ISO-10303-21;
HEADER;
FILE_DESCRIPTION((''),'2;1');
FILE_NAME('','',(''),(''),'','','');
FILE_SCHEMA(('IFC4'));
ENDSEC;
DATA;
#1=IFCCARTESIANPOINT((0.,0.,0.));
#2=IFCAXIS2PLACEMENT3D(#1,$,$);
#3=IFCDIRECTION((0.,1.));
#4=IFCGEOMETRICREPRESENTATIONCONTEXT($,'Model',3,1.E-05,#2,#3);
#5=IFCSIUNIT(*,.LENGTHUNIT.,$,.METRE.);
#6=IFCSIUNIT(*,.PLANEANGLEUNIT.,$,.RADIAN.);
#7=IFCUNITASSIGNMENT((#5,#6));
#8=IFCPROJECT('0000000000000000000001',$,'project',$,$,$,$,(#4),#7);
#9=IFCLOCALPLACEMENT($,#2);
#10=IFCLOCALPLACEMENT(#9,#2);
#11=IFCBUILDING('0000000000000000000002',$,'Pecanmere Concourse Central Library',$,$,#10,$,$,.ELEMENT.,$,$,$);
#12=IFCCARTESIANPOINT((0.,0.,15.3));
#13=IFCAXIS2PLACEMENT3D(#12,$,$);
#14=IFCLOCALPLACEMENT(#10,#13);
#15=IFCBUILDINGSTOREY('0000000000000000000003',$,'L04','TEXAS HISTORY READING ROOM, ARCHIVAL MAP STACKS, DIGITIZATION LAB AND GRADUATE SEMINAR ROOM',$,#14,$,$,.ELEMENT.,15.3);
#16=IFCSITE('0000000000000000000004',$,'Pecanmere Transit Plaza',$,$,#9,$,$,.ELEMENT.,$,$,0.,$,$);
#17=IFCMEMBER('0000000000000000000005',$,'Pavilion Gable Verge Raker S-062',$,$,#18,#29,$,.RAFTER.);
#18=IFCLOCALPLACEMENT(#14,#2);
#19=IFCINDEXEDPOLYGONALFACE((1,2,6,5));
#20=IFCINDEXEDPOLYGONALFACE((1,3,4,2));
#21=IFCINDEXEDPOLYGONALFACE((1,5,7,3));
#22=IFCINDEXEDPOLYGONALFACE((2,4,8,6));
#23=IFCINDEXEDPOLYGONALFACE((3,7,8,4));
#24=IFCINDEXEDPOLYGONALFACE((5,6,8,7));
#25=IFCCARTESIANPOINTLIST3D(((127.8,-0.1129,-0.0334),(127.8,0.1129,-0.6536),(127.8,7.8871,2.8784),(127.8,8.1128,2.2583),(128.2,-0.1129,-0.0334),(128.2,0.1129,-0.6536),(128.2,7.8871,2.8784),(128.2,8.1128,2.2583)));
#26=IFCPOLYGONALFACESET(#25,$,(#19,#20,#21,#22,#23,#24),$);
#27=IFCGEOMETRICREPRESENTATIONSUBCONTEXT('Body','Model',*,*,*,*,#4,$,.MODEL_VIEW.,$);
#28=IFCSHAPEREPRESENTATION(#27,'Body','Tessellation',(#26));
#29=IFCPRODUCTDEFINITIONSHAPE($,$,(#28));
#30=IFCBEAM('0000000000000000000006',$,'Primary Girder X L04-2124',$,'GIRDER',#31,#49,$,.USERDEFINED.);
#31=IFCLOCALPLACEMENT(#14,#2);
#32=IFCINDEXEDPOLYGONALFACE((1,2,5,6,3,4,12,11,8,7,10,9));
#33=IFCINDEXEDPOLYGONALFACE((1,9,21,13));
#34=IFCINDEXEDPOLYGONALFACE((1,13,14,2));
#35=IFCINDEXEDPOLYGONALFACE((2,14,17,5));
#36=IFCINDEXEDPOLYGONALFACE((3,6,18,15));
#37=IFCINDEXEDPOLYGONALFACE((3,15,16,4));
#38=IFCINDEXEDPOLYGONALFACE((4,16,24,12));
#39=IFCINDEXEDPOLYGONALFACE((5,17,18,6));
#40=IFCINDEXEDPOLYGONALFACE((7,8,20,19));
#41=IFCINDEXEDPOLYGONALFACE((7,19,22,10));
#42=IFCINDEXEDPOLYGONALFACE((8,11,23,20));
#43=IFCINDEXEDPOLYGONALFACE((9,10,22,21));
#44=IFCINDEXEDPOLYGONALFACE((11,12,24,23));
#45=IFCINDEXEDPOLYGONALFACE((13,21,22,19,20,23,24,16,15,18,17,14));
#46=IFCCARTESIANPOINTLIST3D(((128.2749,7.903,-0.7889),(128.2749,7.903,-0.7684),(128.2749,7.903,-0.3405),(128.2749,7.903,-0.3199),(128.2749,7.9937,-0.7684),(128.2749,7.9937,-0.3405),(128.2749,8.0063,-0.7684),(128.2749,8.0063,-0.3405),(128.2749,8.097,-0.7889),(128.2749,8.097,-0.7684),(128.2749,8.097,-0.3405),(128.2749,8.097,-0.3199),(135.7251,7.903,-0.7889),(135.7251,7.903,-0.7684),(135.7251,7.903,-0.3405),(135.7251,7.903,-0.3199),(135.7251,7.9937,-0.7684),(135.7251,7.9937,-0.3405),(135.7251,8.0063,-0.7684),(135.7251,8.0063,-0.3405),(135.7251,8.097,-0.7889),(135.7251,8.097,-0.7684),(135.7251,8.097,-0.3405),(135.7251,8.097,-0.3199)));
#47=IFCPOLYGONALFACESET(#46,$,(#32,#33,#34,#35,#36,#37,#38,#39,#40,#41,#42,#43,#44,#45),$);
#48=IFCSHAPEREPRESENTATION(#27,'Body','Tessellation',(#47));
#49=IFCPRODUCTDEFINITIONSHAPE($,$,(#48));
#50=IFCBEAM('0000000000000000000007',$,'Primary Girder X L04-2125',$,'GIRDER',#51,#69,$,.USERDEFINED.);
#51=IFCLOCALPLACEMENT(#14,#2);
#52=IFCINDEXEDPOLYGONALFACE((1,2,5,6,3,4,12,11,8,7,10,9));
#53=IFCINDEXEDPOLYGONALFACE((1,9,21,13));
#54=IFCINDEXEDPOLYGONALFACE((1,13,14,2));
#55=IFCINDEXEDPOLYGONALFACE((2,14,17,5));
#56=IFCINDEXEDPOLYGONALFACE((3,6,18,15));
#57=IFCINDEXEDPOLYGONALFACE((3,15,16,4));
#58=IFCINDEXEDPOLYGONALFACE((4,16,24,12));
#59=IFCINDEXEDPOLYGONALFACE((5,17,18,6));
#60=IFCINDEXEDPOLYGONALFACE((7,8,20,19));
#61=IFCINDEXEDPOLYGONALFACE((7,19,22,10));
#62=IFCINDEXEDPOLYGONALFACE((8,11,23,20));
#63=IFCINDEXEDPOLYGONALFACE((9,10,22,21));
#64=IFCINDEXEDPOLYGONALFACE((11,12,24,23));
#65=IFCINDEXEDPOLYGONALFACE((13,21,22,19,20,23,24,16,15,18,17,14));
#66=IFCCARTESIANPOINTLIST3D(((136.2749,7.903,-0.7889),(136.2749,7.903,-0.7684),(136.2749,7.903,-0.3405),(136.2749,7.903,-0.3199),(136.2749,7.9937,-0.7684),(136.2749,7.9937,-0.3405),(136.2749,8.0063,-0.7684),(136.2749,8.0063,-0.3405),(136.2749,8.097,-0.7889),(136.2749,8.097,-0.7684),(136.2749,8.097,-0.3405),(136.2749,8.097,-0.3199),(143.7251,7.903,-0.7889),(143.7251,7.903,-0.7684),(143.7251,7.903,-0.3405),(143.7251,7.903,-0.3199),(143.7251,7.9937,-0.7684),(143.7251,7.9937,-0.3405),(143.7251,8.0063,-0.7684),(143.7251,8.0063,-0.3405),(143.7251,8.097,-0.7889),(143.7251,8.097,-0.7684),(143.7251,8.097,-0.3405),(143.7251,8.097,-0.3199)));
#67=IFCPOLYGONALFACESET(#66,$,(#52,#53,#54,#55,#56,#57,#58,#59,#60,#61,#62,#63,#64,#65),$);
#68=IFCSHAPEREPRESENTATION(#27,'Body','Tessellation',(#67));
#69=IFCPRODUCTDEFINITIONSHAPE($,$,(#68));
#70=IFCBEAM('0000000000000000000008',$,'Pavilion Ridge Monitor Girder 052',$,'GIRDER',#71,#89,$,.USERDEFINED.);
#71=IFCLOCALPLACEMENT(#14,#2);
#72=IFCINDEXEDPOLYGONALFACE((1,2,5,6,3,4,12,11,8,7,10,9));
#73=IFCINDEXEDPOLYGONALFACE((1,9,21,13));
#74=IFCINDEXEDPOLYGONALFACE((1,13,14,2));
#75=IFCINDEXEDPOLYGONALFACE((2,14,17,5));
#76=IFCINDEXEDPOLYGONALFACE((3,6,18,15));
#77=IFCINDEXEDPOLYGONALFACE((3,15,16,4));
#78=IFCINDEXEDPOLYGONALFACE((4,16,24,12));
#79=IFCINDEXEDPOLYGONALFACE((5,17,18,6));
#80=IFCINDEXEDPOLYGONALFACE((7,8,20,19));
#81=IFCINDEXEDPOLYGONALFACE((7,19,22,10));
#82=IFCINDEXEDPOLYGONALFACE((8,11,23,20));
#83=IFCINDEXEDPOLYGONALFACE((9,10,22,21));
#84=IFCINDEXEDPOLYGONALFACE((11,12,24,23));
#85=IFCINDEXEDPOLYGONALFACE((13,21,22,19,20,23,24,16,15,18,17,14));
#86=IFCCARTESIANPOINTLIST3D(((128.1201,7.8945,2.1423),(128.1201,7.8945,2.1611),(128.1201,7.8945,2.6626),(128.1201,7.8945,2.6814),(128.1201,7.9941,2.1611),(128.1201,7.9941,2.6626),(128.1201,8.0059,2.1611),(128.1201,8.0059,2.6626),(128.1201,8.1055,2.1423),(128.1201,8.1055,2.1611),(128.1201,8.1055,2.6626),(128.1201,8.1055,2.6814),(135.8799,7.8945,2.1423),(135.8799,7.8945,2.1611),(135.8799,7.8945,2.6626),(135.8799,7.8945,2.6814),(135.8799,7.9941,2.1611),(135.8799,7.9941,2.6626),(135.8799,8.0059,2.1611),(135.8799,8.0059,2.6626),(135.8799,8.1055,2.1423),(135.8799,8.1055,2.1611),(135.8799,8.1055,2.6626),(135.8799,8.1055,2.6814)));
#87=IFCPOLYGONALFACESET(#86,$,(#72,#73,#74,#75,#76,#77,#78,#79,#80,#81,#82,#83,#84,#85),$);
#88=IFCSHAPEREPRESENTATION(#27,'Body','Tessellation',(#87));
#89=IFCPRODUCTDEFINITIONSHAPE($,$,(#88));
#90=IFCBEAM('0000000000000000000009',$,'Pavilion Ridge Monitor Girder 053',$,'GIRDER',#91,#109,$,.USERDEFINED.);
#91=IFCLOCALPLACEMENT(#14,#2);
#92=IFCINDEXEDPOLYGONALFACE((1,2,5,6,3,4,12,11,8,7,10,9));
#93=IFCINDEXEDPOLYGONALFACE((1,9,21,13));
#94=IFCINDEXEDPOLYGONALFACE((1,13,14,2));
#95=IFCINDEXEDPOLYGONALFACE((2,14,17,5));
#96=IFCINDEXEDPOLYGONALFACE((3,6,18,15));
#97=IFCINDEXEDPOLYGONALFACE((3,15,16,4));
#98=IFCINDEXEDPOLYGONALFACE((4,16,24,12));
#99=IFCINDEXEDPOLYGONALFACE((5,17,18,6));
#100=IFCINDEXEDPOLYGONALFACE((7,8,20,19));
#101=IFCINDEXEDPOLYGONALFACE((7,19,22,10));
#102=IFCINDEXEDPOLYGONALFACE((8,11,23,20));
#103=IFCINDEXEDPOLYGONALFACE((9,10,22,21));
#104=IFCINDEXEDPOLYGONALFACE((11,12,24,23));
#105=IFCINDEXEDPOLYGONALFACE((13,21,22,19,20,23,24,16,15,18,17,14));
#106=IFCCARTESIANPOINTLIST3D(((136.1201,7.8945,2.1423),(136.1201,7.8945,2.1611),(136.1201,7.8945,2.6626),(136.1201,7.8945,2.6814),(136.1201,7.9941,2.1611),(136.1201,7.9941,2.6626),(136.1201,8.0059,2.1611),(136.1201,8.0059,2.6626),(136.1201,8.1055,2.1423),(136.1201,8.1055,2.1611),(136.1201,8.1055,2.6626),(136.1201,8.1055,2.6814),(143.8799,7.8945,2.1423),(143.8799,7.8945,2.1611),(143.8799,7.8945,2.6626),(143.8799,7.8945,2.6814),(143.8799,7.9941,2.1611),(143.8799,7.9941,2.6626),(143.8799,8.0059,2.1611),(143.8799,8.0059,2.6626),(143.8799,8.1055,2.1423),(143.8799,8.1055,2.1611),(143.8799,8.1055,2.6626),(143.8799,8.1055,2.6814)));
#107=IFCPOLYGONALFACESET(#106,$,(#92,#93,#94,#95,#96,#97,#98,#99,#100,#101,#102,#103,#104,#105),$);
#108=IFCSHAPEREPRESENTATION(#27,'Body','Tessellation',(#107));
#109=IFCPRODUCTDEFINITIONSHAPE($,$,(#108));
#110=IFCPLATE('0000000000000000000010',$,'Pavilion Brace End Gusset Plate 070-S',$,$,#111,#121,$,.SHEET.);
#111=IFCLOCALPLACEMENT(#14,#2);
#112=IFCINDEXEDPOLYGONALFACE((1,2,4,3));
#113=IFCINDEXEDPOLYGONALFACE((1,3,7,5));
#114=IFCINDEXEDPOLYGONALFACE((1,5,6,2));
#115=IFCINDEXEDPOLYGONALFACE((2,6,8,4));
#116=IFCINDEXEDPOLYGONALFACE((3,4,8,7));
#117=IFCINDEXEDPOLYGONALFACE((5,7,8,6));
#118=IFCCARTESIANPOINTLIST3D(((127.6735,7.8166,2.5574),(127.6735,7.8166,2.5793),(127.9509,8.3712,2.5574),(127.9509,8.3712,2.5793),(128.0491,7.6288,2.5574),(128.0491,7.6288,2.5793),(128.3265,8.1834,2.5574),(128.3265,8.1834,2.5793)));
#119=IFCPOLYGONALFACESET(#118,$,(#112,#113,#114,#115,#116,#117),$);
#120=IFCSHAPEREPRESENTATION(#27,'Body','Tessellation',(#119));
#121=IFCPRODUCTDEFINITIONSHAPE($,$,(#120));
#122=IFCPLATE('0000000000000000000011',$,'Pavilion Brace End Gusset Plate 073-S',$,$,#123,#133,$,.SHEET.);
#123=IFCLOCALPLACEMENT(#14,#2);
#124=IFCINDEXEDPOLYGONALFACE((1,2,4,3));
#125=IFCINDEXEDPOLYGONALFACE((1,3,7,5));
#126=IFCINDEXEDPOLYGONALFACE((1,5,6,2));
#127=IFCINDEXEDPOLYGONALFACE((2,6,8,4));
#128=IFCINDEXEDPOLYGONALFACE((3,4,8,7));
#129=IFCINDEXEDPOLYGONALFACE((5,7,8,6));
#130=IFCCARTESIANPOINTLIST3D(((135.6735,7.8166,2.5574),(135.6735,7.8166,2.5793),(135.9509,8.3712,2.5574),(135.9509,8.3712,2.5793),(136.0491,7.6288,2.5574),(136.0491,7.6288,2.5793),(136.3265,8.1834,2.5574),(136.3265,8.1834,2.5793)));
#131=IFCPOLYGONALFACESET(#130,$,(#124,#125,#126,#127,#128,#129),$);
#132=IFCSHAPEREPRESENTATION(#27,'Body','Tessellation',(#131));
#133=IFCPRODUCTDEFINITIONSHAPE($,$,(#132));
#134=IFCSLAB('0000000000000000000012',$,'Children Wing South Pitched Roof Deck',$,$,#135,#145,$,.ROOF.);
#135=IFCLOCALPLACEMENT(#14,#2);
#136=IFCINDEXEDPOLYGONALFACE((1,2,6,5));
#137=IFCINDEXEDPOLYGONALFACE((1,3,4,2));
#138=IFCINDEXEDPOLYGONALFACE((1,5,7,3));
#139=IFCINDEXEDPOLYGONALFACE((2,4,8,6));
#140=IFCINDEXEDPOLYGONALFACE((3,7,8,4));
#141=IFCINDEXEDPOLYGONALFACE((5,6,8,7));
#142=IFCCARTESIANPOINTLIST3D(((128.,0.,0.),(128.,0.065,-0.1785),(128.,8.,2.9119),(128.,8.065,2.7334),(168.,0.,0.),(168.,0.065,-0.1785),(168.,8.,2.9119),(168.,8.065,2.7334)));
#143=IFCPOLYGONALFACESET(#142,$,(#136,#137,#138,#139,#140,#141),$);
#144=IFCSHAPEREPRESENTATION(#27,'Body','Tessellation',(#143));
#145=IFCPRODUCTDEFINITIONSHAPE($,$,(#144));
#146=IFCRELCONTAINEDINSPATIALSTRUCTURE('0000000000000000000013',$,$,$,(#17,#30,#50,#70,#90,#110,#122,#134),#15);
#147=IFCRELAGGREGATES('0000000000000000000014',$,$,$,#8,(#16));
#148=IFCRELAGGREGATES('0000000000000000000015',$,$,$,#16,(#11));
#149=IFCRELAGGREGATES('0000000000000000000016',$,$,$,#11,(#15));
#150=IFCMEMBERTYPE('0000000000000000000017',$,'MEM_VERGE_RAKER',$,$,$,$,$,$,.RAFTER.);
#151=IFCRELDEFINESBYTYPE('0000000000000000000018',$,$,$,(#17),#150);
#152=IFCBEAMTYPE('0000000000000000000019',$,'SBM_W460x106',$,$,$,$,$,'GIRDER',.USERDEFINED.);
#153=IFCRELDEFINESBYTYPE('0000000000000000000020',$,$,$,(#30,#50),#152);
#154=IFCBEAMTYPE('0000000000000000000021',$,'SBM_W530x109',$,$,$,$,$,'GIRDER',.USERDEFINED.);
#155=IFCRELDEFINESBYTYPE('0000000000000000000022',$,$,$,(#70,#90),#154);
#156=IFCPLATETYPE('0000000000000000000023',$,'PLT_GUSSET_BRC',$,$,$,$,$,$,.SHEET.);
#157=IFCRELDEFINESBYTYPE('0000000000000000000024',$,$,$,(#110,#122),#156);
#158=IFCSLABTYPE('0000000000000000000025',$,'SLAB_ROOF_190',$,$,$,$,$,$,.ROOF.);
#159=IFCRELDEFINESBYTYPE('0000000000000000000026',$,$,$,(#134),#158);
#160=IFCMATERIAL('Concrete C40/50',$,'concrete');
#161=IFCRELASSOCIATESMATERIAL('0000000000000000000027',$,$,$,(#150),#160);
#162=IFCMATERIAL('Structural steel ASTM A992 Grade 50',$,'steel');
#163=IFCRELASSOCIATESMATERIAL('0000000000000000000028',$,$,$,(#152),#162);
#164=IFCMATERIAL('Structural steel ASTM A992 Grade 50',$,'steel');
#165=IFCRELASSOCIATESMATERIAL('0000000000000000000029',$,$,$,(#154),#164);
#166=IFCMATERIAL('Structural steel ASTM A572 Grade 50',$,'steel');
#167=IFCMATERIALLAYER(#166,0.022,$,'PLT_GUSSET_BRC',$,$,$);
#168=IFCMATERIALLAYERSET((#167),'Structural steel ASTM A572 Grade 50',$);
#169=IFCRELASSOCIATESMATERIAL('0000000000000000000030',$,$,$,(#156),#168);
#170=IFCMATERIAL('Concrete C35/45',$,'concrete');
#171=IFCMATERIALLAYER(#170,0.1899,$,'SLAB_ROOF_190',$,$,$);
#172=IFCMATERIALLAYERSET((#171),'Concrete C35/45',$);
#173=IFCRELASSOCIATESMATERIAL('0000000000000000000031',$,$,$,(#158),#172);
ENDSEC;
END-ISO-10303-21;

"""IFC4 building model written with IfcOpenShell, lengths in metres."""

from ifc_helpers import new_model, si_unit, direction, frame, origin, origin_2d, place, context, subcontext, project, spatial, polyline, rectangle, i_section, outline, extrude, material, layer, layer_set, material_profile, profile_set, type_object, element, save


model = new_model("IFC4")

# Units and contexts
model_context = context("Model", 3, precision=1e-05, world=origin(), true_north=direction((0.0, 1.0)))
body_context = subcontext(model_context, "Body", "Model", "MODEL_VIEW")
ifc_project = project(units=[si_unit("LENGTHUNIT", "METRE"), si_unit("PLANEANGLEUNIT", "RADIAN")], contexts=[model_context])

# Site, building, storey
site_placement = place(None, origin())
site = spatial("IfcSite", under=ifc_project, at=site_placement, Name="Pecanmere Transit Plaza", CompositionType="ELEMENT", RefElevation=0.0)
building_placement = place(site_placement, origin())
building = spatial("IfcBuilding", under=site, at=building_placement, Name="Pecanmere Concourse Central Library", CompositionType="ELEMENT")
storey_placement = place(building_placement, frame((0.0, 0.0, 15.3)))
storey = spatial("IfcBuildingStorey", under=building, at=storey_placement, Name="L04", Description="TEXAS HISTORY READING ROOM, ARCHIVAL MAP STACKS, DIGITIZATION LAB AND GRADUATE SEMINAR ROOM", CompositionType="ELEMENT", Elevation=15.3)

# Member
ifc_material_1 = material(Name="Concrete C40/50", Category="concrete")
ifc_material_profile_1 = material_profile(ifc_material_1, rectangle(XDim=0.3999, YDim=0.6599, at=origin_2d()), Name="RC 400x660")
ifc_profile_set_1 = profile_set([ifc_material_profile_1], Name="Concrete C40/50")
member_type_1 = type_object("IfcMemberType", Name="MEM_VERGE_RAKER", PredefinedType="RAFTER", material=ifc_profile_set_1)
member_1_placement = place(storey_placement, frame((128.0, 0.0, -0.3435), z_axis=(0.0, 0.939689, 0.342031), x_axis=(-1.0, 0.0, 0.0)))
element("IfcMember", 1, at=member_1_placement, inside=storey, type_object=member_type_1, Name="Pavilion Gable Verge Raker S-062", PredefinedType="RAFTER", context=body_context, shape_type="SweptSolid", body=[
    extrude(rectangle(XDim=0.3999, YDim=0.6599, at=origin_2d()), origin(), (0.0, 0.0, 1.0), 8.5134),
])

# Beams
ifc_material_2 = material(Name="Structural steel ASTM A992 Grade 50", Category="steel")
ifc_material_profile_2 = material_profile(ifc_material_2, i_section(OverallWidth=0.1941, OverallDepth=0.469, WebThickness=0.0127, FlangeThickness=0.0205, at=origin_2d()), Name="W460x106")
ifc_profile_set_2 = profile_set([ifc_material_profile_2], Name="Structural steel ASTM A992 Grade 50")
beam_type_1 = type_object("IfcBeamType", Name="SBM_W460x106", ElementType="GIRDER", PredefinedType="USERDEFINED", material=ifc_profile_set_2)
for number, where, z_axis, x_axis, name in (
    (2, (128.2749, 8.0, -0.5544), (1.0, 0.0, 0.0), (0.0, 1.0, 0.0), "Primary Girder X L04-2124"),
    (3, (136.2749, 8.0, -0.5544), (1.0, 0.0, 0.0), (0.0, 1.0, 0.0), "Primary Girder X L04-2125"),
):
    element("IfcBeam", number, at=place(storey_placement, frame(where, z_axis=z_axis, x_axis=x_axis)), inside=storey, type_object=beam_type_1, Name=name, ObjectType="GIRDER", PredefinedType="USERDEFINED", context=body_context, shape_type="SweptSolid", body=[
        extrude(i_section(OverallWidth=0.1941, OverallDepth=0.469, WebThickness=0.0127, FlangeThickness=0.0205, at=origin_2d()), origin(), (0.0, 0.0, 1.0), 7.4502),
    ])
ifc_material_3 = material(Name="Structural steel ASTM A992 Grade 50", Category="steel")
ifc_material_profile_3 = material_profile(ifc_material_3, i_section(OverallWidth=0.2109, OverallDepth=0.5391, WebThickness=0.0117, FlangeThickness=0.0188, at=origin_2d()), Name="W530x109")
ifc_profile_set_3 = profile_set([ifc_material_profile_3], Name="Structural steel ASTM A992 Grade 50")
beam_type_2 = type_object("IfcBeamType", Name="SBM_W530x109", ElementType="GIRDER", PredefinedType="USERDEFINED", material=ifc_profile_set_3)
for number, where, z_axis, x_axis, name in (
    (4, (128.1201, 8.0, 2.4119), (1.0, 0.0, 0.0), (0.0, 1.0, 0.0), "Pavilion Ridge Monitor Girder 052"),
    (5, (136.1201, 8.0, 2.4119), (1.0, 0.0, 0.0), (0.0, 1.0, 0.0), "Pavilion Ridge Monitor Girder 053"),
):
    element("IfcBeam", number, at=place(storey_placement, frame(where, z_axis=z_axis, x_axis=x_axis)), inside=storey, type_object=beam_type_2, Name=name, ObjectType="GIRDER", PredefinedType="USERDEFINED", context=body_context, shape_type="SweptSolid", body=[
        extrude(i_section(OverallWidth=0.2109, OverallDepth=0.5391, WebThickness=0.0117, FlangeThickness=0.0188, at=origin_2d()), origin(), (0.0, 0.0, 1.0), 7.7598),
    ])

# Plates
ifc_material_4 = material(Name="Structural steel ASTM A572 Grade 50", Category="steel")
ifc_layer_1 = layer(ifc_material_4, 0.022, Name="PLT_GUSSET_BRC")
ifc_layer_set_1 = layer_set([ifc_layer_1], Name="Structural steel ASTM A572 Grade 50")
plate_type = type_object("IfcPlateType", Name="PLT_GUSSET_BRC", PredefinedType="SHEET", material=ifc_layer_set_1)
for number, where, z_axis, x_axis, name in (
    (6, (128.0, 8.0, 2.5574), (0.0, 0.0, 1.0), (0.447291, 0.894389, 0.0), "Pavilion Brace End Gusset Plate 070-S"),
    (7, (136.0, 8.0, 2.5574), (0.0, 0.0, 1.0), (0.447291, 0.894389, 0.0), "Pavilion Brace End Gusset Plate 073-S"),
):
    element("IfcPlate", number, at=place(storey_placement, frame(where, z_axis=z_axis, x_axis=x_axis)), inside=storey, type_object=plate_type, Name=name, PredefinedType="SHEET", context=body_context, shape_type="SweptSolid", body=[
        extrude(rectangle(XDim=0.6201, YDim=0.4199, at=origin_2d()), origin(), (0.0, 0.0, 1.0), 0.022),
    ])

# Slab
ifc_material_5 = material(Name="Concrete C35/45", Category="concrete")
ifc_layer_2 = layer(ifc_material_5, 0.1899, Name="SLAB_ROOF_190")
ifc_layer_set_2 = layer_set([ifc_layer_2], Name="Concrete C35/45")
slab_type = type_object("IfcSlabType", Name="SLAB_ROOF_190", PredefinedType="ROOF", material=ifc_layer_set_2)
slab_placement = place(storey_placement, frame((128.0, 0.0, 0.0), z_axis=(0.0, -0.342031, 0.939689), x_axis=(1.0, 0.0, 0.0)))
element("IfcSlab", 8, at=slab_placement, inside=storey, type_object=slab_type, Name="Children Wing South Pitched Roof Deck", PredefinedType="ROOF", context=body_context, shape_type="SweptSolid", body=[
    extrude(outline(polyline([(0.0, 0.0), (40.0, 0.0), (40.0, 8.5135), (0.0, 8.5135), (0.0, 0.0)])), origin(), (0.0, 0.0, -1.0), 0.1899),
])

save(model, "model.ifc")
